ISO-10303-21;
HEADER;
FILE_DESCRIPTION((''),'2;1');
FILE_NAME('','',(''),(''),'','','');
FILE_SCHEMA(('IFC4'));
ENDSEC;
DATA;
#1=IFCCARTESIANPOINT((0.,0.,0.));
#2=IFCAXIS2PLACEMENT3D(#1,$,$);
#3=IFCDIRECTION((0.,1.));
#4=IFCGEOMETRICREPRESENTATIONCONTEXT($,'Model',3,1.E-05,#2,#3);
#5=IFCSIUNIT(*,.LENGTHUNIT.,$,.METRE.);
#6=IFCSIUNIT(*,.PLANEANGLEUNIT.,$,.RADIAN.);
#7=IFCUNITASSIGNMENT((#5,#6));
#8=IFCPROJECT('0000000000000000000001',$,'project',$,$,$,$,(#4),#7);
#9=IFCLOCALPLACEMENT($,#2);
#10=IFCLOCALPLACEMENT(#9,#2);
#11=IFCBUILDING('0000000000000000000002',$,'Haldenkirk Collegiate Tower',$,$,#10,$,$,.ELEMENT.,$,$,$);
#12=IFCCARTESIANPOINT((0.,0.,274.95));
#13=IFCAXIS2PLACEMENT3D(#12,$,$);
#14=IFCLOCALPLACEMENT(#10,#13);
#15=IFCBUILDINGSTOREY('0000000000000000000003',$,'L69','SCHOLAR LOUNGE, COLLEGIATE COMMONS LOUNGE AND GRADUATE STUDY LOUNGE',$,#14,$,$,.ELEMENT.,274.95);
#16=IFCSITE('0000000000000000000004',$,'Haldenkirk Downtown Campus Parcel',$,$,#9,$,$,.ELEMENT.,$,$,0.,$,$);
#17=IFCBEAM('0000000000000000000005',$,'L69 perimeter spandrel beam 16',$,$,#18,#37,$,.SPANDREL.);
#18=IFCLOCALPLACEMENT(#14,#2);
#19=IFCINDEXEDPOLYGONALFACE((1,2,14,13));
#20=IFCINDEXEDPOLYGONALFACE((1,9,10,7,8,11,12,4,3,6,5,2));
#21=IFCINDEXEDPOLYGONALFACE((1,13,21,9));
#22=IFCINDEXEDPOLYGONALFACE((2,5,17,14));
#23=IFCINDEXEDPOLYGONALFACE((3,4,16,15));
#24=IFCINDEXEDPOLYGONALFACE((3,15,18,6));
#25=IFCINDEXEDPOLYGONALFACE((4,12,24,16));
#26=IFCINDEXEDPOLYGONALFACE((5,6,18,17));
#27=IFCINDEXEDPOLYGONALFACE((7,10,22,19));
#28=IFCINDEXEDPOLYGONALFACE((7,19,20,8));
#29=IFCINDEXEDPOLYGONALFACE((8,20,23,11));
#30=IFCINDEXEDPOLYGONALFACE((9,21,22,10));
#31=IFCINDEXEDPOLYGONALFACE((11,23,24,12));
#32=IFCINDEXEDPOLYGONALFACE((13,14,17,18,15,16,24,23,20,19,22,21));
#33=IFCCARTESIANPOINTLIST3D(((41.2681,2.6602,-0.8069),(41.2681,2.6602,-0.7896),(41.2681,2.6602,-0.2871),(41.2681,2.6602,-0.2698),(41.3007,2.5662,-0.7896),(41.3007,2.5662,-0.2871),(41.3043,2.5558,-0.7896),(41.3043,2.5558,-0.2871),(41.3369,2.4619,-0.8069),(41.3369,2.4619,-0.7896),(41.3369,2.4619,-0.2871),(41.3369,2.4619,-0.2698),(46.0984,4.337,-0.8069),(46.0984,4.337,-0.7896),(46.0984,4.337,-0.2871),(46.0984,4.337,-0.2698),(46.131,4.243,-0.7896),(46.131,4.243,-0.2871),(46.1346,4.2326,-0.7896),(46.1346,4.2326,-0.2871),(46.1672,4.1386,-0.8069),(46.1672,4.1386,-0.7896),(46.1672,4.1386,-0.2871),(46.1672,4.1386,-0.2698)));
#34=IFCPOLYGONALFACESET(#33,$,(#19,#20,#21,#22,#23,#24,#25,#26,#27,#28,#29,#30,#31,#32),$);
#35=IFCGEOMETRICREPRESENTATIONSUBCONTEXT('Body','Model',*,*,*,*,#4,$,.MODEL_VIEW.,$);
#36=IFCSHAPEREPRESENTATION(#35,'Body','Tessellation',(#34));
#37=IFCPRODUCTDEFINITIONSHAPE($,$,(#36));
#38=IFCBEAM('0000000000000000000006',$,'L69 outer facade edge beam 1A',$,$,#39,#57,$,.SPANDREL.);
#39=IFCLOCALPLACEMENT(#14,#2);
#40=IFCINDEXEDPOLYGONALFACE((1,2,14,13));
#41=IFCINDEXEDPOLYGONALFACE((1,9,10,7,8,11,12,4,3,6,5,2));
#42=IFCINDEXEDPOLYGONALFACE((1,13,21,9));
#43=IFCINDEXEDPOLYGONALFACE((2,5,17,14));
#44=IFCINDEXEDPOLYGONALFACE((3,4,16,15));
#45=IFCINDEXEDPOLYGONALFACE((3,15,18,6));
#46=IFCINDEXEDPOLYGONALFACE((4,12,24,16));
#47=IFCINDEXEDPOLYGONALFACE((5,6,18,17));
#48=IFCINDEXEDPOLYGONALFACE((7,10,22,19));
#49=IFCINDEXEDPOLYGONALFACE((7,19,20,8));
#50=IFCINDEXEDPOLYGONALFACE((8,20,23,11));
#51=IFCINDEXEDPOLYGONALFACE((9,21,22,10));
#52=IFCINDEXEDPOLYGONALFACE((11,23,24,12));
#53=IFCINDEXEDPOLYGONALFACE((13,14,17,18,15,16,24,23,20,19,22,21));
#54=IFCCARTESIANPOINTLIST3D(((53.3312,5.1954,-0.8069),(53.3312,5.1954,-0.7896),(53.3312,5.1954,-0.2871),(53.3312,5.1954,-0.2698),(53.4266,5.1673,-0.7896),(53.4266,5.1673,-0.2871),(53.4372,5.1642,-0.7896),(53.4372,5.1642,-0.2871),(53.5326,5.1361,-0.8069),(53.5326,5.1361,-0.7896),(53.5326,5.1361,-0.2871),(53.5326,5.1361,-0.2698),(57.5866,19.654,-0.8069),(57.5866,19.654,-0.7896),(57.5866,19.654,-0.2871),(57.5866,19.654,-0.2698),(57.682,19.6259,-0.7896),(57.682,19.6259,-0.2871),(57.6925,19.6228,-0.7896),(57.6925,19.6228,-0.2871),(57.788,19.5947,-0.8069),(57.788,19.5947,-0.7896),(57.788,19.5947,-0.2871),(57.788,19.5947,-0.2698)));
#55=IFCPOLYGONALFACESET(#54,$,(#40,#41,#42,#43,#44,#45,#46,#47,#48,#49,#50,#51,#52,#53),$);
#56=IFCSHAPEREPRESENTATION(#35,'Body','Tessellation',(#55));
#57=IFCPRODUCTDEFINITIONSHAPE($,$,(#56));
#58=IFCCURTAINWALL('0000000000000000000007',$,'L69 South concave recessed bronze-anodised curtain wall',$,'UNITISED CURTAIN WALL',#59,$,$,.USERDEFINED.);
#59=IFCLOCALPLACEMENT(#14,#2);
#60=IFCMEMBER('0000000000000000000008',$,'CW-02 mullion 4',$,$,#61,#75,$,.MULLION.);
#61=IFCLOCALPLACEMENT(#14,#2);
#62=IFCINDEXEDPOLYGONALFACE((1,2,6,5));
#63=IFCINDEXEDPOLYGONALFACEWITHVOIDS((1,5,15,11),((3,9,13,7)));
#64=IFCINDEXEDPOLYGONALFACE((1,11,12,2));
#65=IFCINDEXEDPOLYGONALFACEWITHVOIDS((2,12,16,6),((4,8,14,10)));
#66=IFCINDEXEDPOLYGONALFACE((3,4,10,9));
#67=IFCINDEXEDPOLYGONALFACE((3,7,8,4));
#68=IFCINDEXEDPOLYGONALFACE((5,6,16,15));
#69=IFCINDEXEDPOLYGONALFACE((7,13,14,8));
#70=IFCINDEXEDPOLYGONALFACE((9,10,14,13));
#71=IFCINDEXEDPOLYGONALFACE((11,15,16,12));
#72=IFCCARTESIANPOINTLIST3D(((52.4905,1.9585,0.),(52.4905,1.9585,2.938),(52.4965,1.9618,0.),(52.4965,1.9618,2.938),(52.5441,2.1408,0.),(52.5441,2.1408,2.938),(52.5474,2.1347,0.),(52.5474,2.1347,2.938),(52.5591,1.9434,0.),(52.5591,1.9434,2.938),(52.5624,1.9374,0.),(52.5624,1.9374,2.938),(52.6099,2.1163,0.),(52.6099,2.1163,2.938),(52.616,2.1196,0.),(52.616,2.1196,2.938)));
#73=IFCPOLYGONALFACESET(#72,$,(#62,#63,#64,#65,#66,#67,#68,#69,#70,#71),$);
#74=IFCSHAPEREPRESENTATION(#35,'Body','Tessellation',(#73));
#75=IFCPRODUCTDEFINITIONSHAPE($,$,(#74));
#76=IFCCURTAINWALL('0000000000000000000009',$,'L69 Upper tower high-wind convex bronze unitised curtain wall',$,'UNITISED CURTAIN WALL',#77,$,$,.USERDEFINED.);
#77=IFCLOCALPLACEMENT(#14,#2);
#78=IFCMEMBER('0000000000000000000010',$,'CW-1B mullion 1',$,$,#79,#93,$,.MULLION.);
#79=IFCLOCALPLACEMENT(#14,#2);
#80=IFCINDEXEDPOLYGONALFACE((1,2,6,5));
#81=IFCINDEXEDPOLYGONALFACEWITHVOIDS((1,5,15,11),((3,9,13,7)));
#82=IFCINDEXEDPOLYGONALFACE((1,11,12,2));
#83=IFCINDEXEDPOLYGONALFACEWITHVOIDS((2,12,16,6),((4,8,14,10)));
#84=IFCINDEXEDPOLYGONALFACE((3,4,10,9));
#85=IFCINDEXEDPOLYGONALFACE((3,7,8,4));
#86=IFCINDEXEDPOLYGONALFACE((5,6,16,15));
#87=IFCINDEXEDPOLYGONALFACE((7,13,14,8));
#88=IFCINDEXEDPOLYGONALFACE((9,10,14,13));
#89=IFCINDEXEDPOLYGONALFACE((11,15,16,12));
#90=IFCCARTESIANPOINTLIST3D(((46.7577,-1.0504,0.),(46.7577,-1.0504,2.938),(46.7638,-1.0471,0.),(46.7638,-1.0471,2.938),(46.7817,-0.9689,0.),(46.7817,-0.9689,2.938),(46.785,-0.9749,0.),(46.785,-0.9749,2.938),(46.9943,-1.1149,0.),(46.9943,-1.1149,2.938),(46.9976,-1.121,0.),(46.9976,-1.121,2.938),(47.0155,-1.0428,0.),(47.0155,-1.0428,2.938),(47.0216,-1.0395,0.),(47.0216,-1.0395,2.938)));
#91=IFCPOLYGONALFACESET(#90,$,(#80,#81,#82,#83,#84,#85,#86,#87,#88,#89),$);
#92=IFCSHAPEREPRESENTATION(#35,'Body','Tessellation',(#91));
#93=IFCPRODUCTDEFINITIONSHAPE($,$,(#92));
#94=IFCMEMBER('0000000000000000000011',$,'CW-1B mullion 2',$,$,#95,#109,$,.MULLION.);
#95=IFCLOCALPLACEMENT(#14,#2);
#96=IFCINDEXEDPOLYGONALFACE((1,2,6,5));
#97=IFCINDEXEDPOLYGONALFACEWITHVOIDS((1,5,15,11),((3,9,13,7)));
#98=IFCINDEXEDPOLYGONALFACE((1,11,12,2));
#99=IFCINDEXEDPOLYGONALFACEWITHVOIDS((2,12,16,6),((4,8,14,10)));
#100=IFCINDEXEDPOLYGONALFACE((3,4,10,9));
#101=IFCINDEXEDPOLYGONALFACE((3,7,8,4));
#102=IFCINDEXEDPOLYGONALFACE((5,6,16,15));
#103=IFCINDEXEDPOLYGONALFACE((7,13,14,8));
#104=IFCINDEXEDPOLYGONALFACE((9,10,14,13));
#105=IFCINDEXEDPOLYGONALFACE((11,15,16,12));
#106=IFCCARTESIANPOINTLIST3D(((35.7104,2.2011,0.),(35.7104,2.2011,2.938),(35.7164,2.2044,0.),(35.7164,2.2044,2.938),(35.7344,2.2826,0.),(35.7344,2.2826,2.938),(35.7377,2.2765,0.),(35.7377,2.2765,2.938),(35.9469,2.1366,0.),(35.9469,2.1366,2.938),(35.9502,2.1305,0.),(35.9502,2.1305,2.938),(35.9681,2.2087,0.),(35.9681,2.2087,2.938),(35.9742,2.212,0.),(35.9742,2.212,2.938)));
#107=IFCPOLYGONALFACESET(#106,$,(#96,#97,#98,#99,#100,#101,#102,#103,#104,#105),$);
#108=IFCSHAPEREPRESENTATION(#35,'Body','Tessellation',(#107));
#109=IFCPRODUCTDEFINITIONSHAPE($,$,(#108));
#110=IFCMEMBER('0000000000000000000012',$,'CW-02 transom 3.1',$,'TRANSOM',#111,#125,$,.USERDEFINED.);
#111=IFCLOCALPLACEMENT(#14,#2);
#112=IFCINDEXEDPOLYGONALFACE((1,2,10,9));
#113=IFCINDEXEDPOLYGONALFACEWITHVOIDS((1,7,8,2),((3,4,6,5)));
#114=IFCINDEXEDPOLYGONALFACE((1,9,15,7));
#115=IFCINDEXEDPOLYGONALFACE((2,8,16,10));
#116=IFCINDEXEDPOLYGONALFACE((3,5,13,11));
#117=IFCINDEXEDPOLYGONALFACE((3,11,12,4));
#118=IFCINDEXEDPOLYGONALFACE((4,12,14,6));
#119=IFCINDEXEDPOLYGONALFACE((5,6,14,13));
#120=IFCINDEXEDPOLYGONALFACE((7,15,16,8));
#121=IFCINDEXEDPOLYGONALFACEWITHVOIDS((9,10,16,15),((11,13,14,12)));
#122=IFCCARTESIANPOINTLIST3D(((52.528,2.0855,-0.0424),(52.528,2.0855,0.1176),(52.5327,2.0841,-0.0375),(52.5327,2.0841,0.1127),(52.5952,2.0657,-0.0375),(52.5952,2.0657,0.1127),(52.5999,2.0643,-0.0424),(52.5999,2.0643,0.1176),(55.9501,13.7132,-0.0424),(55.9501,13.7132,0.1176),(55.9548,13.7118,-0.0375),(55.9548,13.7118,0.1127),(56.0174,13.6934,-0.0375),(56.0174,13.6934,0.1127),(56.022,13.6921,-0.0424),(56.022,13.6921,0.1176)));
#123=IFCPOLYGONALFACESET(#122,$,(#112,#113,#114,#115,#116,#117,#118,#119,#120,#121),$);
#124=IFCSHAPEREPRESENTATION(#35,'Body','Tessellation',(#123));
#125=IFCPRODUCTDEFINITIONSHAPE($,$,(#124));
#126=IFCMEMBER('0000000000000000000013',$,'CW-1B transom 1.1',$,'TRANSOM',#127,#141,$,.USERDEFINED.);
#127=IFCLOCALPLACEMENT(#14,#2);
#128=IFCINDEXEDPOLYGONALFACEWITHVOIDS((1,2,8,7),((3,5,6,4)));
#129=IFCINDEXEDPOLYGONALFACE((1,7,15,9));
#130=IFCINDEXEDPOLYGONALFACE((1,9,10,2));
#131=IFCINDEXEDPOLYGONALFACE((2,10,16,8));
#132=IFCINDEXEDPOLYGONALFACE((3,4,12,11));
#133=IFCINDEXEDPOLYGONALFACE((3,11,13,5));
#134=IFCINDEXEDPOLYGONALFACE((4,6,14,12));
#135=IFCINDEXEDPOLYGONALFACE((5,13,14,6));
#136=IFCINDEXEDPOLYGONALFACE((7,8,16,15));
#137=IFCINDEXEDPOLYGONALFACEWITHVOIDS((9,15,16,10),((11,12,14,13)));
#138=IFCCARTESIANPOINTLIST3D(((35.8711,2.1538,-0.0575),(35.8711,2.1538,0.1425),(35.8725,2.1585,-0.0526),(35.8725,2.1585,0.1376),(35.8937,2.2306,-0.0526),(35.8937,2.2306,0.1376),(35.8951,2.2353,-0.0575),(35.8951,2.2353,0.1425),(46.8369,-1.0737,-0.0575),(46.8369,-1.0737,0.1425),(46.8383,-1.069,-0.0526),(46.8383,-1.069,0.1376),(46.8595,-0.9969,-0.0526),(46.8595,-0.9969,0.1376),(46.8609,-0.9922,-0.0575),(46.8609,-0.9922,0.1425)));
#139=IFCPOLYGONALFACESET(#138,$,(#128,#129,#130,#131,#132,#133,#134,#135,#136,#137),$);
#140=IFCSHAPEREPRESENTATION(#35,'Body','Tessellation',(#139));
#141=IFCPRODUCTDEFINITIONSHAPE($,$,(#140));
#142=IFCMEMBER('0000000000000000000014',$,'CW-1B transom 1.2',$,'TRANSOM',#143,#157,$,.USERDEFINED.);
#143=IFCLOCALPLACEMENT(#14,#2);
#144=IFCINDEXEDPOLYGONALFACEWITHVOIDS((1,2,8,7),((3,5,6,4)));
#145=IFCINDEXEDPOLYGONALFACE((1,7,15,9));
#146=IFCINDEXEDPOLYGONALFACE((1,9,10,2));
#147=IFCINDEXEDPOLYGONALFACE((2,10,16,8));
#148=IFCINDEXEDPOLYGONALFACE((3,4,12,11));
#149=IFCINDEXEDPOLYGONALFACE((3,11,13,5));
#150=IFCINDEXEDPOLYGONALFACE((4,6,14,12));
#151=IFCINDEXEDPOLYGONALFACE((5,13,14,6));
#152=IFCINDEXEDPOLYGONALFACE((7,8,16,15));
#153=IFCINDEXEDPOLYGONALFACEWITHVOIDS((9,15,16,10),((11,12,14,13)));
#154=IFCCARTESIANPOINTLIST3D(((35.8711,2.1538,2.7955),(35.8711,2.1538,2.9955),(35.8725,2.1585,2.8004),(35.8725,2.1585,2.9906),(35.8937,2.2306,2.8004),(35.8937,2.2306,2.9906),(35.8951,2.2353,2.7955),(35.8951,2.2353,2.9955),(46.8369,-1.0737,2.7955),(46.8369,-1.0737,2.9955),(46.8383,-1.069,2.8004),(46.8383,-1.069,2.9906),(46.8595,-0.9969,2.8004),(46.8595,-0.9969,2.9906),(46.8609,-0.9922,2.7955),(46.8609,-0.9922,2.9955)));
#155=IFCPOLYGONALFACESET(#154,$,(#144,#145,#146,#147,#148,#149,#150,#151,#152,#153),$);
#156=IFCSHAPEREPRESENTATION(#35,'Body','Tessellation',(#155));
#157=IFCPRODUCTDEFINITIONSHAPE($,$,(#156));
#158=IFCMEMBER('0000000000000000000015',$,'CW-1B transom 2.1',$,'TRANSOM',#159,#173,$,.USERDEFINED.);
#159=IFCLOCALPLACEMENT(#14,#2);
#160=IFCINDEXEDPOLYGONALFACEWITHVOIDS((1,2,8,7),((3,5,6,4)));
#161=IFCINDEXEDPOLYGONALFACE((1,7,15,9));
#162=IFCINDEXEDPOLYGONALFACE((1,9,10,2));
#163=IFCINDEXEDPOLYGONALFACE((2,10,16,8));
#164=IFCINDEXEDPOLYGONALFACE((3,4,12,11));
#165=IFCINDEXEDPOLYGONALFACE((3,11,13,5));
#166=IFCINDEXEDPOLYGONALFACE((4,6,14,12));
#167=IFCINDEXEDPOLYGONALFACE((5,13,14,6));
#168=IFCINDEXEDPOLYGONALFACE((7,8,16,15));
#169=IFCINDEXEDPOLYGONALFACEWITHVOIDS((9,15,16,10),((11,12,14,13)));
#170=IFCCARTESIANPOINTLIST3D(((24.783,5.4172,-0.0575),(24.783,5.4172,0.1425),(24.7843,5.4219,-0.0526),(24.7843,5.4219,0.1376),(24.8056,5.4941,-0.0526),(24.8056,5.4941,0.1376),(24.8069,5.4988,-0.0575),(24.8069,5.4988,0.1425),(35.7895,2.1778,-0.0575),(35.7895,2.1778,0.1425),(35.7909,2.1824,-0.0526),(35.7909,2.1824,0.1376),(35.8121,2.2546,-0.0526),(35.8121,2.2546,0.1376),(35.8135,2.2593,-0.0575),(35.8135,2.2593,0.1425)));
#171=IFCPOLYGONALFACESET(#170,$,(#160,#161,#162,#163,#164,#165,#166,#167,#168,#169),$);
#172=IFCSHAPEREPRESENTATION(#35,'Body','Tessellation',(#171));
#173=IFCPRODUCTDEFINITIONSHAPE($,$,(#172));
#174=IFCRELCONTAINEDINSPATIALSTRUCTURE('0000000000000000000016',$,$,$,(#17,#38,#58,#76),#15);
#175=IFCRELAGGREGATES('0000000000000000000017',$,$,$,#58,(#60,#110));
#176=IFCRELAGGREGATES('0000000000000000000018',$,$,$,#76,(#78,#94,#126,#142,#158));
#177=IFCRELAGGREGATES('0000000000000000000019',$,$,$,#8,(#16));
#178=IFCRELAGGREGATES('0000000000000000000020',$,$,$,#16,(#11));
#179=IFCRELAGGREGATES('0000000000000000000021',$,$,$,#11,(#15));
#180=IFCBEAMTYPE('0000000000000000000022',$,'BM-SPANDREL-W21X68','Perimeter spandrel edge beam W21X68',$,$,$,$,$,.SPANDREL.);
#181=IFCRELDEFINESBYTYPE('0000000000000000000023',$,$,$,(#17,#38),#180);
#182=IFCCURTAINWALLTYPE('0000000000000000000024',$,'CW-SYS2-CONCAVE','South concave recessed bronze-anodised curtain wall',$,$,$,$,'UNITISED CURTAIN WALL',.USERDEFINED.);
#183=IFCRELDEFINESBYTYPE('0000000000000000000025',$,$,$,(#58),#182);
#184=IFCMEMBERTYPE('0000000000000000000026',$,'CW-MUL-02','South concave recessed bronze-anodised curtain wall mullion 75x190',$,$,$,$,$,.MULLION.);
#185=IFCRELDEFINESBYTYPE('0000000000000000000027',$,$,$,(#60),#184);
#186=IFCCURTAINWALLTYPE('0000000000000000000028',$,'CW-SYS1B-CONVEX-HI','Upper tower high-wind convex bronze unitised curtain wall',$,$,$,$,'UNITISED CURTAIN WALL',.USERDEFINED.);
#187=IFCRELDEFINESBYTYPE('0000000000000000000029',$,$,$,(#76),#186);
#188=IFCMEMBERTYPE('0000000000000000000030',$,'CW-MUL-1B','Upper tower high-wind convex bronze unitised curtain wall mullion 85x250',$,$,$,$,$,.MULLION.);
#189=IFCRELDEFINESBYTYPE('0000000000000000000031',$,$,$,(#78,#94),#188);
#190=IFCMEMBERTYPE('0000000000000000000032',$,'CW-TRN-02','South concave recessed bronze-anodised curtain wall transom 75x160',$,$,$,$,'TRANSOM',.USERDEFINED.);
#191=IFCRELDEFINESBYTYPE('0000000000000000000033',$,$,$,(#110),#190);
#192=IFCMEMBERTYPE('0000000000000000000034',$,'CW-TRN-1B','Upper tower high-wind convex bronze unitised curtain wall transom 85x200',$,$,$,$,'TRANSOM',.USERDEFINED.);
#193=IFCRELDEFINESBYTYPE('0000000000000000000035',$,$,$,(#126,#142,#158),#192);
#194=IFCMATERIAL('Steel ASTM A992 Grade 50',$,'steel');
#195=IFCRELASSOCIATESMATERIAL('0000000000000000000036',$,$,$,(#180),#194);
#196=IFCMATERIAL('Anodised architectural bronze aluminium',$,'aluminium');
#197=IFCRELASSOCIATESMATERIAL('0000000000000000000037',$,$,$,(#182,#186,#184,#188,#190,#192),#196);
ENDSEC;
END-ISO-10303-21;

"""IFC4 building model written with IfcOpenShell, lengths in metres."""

from ifc_helpers import new_model, si_unit, direction, frame, origin, origin_2d, place, context, subcontext, project, spatial, hollow_rectangle, i_section, extrude, material, material_profile, profile_set, type_object, element, aggregate, save


model = new_model("IFC4")

# Units and contexts
model_context = context("Model", 3, precision=1e-05, world=origin(), true_north=direction((0.0, 1.0)))
body_context = subcontext(model_context, "Body", "Model", "MODEL_VIEW")
ifc_project = project(units=[si_unit("LENGTHUNIT", "METRE"), si_unit("PLANEANGLEUNIT", "RADIAN")], contexts=[model_context])

# Site, building, storey
site_placement = place(None, origin())
site = spatial("IfcSite", under=ifc_project, at=site_placement, Name="Haldenkirk Downtown Campus Parcel", CompositionType="ELEMENT", RefElevation=0.0)
building_placement = place(site_placement, origin())
building = spatial("IfcBuilding", under=site, at=building_placement, Name="Haldenkirk Collegiate Tower", CompositionType="ELEMENT")
storey_placement = place(building_placement, frame((0.0, 0.0, 274.95)))
storey = spatial("IfcBuildingStorey", under=building, at=storey_placement, Name="L69", Description="SCHOLAR LOUNGE, COLLEGIATE COMMONS LOUNGE AND GRADUATE STUDY LOUNGE", CompositionType="ELEMENT", Elevation=274.95)

# Beams
ifc_material_1 = material(Name="Steel ASTM A992 Grade 50", Category="steel")
ifc_material_profile_1 = material_profile(ifc_material_1, i_section(OverallWidth=0.21, OverallDepth=0.5371, WebThickness=0.011, FlangeThickness=0.0173, at=origin_2d()), Name="W21X68")
ifc_profile_set_1 = profile_set([ifc_material_profile_1], Name="Steel ASTM A992 Grade 50")
beam_type_1 = type_object("IfcBeamType", Name="BM-SPANDREL-W21X68", Description="Perimeter spandrel edge beam W21X68", PredefinedType="SPANDREL", material=ifc_profile_set_1)
beam_1_placement = place(storey_placement, frame((41.3025, 2.561, -0.5383), z_axis=(0.9447, 0.327935, 0.0), x_axis=(-0.327935, 0.9447, 0.0)))
element("IfcBeam", 1, at=beam_1_placement, inside=storey, type_object=beam_type_1, Name="L69 perimeter spandrel beam 16", PredefinedType="SPANDREL", context=body_context, shape_type="SweptSolid", body=[
    extrude(i_section(OverallWidth=0.21, OverallDepth=0.5371, WebThickness=0.011, FlangeThickness=0.0173, at=origin_2d()), origin(), (0.0, 0.0, 1.0), 5.113),
])
beam_2_placement = place(storey_placement, frame((53.4319, 5.1658, -0.5383), z_axis=(0.282342, 0.959314, 0.0), x_axis=(-0.959314, 0.282342, 0.0)))
element("IfcBeam", 2, at=beam_2_placement, inside=storey, type_object=beam_type_1, Name="L69 outer facade edge beam 1A", PredefinedType="SPANDREL", context=body_context, shape_type="SweptSolid", body=[
    extrude(i_section(OverallWidth=0.21, OverallDepth=0.5371, WebThickness=0.011, FlangeThickness=0.0173, at=origin_2d()), origin(), (0.0, 0.0, 1.0), 15.0718),
])

# Curtain wall, member
ifc_material_2 = material(Name="Anodised architectural bronze aluminium", Category="aluminium")
curtain_wall_type_1 = type_object("IfcCurtainWallType", Name="CW-SYS2-CONCAVE", Description="South concave recessed bronze-anodised curtain wall", ElementType="UNITISED CURTAIN WALL", PredefinedType="USERDEFINED", material=ifc_material_2)
curtain_wall_1_placement = place(storey_placement, origin())
curtain_wall_1 = element("IfcCurtainWall", 3, at=curtain_wall_1_placement, inside=storey, type_object=curtain_wall_type_1, Name="L69 South concave recessed bronze-anodised curtain wall", ObjectType="UNITISED CURTAIN WALL", PredefinedType="USERDEFINED")
ifc_material_profile_2 = material_profile(ifc_material_2, hollow_rectangle(XDim=0.075, YDim=0.1899, WallThickness=0.0049, at=origin_2d()), Name="CW-MUL-02")
ifc_profile_set_2 = profile_set([ifc_material_profile_2], Name="Anodised architectural bronze aluminium")
member_type_1 = type_object("IfcMemberType", Name="CW-MUL-02", Description="South concave recessed bronze-anodised curtain wall mullion 75x190", PredefinedType="MULLION", material=ifc_profile_set_2)
member_1_placement = place(storey_placement, frame((52.5532, 2.0391, 0.0), z_axis=(0.0, 0.0, 1.0), x_axis=(0.959314, -0.282341, 0.0)))
member_1 = element("IfcMember", 4, at=member_1_placement, type_object=member_type_1, Name="CW-02 mullion 4", PredefinedType="MULLION", context=body_context, shape_type="SweptSolid", body=[
    extrude(hollow_rectangle(XDim=0.075, YDim=0.1899, WallThickness=0.0049, at=origin_2d()), origin(), (0.0, 0.0, 1.0), 2.938),
])

# Curtain wall, members
curtain_wall_type_2 = type_object("IfcCurtainWallType", Name="CW-SYS1B-CONVEX-HI", Description="Upper tower high-wind convex bronze unitised curtain wall", ElementType="UNITISED CURTAIN WALL", PredefinedType="USERDEFINED", material=ifc_material_2)
curtain_wall_2_placement = place(storey_placement, origin())
curtain_wall_2 = element("IfcCurtainWall", 5, at=curtain_wall_2_placement, inside=storey, type_object=curtain_wall_type_2, Name="L69 Upper tower high-wind convex bronze unitised curtain wall", ObjectType="UNITISED CURTAIN WALL", PredefinedType="USERDEFINED")
ifc_material_profile_3 = material_profile(ifc_material_2, hollow_rectangle(XDim=0.085, YDim=0.25, WallThickness=0.0049, at=origin_2d()), Name="CW-MUL-1B")
ifc_profile_set_3 = profile_set([ifc_material_profile_3], Name="Anodised architectural bronze aluminium")
member_type_2 = type_object("IfcMemberType", Name="CW-MUL-1B", Description="Upper tower high-wind convex bronze unitised curtain wall mullion 85x250", PredefinedType="MULLION", material=ifc_profile_set_3)
member_2_placement = place(storey_placement, frame((46.8896, -1.0449, 0.0), z_axis=(0.0, 0.0, 1.0), x_axis=(-0.282342, -0.959314, 0.0)))
member_2 = element("IfcMember", 6, at=member_2_placement, type_object=member_type_2, Name="CW-1B mullion 1", PredefinedType="MULLION", context=body_context, shape_type="SweptSolid", body=[
    extrude(hollow_rectangle(XDim=0.085, YDim=0.25, WallThickness=0.0049, at=origin_2d()), origin(), (0.0, 0.0, 1.0), 2.938),
])
member_3_placement = place(storey_placement, frame((35.8423, 2.2065, 0.0), z_axis=(0.0, 0.0, 1.0), x_axis=(-0.282342, -0.959314, 0.0)))
member_3 = element("IfcMember", 7, at=member_3_placement, type_object=member_type_2, Name="CW-1B mullion 2", PredefinedType="MULLION", context=body_context, shape_type="SweptSolid", body=[
    extrude(hollow_rectangle(XDim=0.085, YDim=0.25, WallThickness=0.0049, at=origin_2d()), origin(), (0.0, 0.0, 1.0), 2.938),
])

# Members
ifc_material_profile_4 = material_profile(ifc_material_2, hollow_rectangle(XDim=0.075, YDim=0.1599, WallThickness=0.0049, at=origin_2d()), Name="CW-TRN-02")
ifc_profile_set_4 = profile_set([ifc_material_profile_4], Name="Anodised architectural bronze aluminium")
member_type_3 = type_object("IfcMemberType", Name="CW-TRN-02", Description="South concave recessed bronze-anodised curtain wall transom 75x160", ElementType="TRANSOM", PredefinedType="USERDEFINED", material=ifc_profile_set_4)
member_4_placement = place(storey_placement, frame((55.9861, 13.7026, 0.0376), z_axis=(-0.282334, -0.959316, 0.0), x_axis=(0.959316, -0.282334, 0.0)))
member_4 = element("IfcMember", 8, at=member_4_placement, type_object=member_type_3, Name="CW-02 transom 3.1", ObjectType="TRANSOM", PredefinedType="USERDEFINED", context=body_context, shape_type="SweptSolid", body=[
    extrude(hollow_rectangle(XDim=0.075, YDim=0.1599, WallThickness=0.0049, at=origin_2d()), origin(), (0.0, 0.0, 1.0), 12.1208),
])
ifc_material_profile_5 = material_profile(ifc_material_2, hollow_rectangle(XDim=0.085, YDim=0.2, WallThickness=0.0049, at=origin_2d()), Name="CW-TRN-1B")
ifc_profile_set_5 = profile_set([ifc_material_profile_5], Name="Anodised architectural bronze aluminium")
member_type_4 = type_object("IfcMemberType", Name="CW-TRN-1B", Description="Upper tower high-wind convex bronze unitised curtain wall transom 85x200", ElementType="TRANSOM", PredefinedType="USERDEFINED", material=ifc_profile_set_5)
member_5_placement = place(storey_placement, frame((46.8489, -1.033, 0.0425), z_axis=(-0.959311, 0.282351, 0.0), x_axis=(-0.282351, -0.959311, 0.0)))
member_5 = element("IfcMember", 9, at=member_5_placement, type_object=member_type_4, Name="CW-1B transom 1.1", ObjectType="TRANSOM", PredefinedType="USERDEFINED", context=body_context, shape_type="SweptSolid", body=[
    extrude(hollow_rectangle(XDim=0.085, YDim=0.2, WallThickness=0.0049, at=origin_2d()), origin(), (0.0, 0.0, 1.0), 11.4309),
])
member_6_placement = place(storey_placement, frame((46.8489, -1.033, 2.8955), z_axis=(-0.959311, 0.282351, 0.0), x_axis=(-0.282351, -0.959311, 0.0)))
member_6 = element("IfcMember", 10, at=member_6_placement, type_object=member_type_4, Name="CW-1B transom 1.2", ObjectType="TRANSOM", PredefinedType="USERDEFINED", context=body_context, shape_type="SweptSolid", body=[
    extrude(hollow_rectangle(XDim=0.085, YDim=0.2, WallThickness=0.0049, at=origin_2d()), origin(), (0.0, 0.0, 1.0), 11.4309),
])
member_7_placement = place(storey_placement, frame((35.8015, 2.2185, 0.0425), z_axis=(-0.959312, 0.282348, 0.0), x_axis=(-0.282348, -0.959312, 0.0)))
member_7 = element("IfcMember", 11, at=member_7_placement, type_object=member_type_4, Name="CW-1B transom 2.1", ObjectType="TRANSOM", PredefinedType="USERDEFINED", context=body_context, shape_type="SweptSolid", body=[
    extrude(hollow_rectangle(XDim=0.085, YDim=0.2, WallThickness=0.0049, at=origin_2d()), origin(), (0.0, 0.0, 1.0), 11.4734),
])

aggregate(curtain_wall_1, [member_1, member_4])
aggregate(curtain_wall_2, [member_2, member_3, member_5, member_6, member_7])

save(model, "model.ifc")
